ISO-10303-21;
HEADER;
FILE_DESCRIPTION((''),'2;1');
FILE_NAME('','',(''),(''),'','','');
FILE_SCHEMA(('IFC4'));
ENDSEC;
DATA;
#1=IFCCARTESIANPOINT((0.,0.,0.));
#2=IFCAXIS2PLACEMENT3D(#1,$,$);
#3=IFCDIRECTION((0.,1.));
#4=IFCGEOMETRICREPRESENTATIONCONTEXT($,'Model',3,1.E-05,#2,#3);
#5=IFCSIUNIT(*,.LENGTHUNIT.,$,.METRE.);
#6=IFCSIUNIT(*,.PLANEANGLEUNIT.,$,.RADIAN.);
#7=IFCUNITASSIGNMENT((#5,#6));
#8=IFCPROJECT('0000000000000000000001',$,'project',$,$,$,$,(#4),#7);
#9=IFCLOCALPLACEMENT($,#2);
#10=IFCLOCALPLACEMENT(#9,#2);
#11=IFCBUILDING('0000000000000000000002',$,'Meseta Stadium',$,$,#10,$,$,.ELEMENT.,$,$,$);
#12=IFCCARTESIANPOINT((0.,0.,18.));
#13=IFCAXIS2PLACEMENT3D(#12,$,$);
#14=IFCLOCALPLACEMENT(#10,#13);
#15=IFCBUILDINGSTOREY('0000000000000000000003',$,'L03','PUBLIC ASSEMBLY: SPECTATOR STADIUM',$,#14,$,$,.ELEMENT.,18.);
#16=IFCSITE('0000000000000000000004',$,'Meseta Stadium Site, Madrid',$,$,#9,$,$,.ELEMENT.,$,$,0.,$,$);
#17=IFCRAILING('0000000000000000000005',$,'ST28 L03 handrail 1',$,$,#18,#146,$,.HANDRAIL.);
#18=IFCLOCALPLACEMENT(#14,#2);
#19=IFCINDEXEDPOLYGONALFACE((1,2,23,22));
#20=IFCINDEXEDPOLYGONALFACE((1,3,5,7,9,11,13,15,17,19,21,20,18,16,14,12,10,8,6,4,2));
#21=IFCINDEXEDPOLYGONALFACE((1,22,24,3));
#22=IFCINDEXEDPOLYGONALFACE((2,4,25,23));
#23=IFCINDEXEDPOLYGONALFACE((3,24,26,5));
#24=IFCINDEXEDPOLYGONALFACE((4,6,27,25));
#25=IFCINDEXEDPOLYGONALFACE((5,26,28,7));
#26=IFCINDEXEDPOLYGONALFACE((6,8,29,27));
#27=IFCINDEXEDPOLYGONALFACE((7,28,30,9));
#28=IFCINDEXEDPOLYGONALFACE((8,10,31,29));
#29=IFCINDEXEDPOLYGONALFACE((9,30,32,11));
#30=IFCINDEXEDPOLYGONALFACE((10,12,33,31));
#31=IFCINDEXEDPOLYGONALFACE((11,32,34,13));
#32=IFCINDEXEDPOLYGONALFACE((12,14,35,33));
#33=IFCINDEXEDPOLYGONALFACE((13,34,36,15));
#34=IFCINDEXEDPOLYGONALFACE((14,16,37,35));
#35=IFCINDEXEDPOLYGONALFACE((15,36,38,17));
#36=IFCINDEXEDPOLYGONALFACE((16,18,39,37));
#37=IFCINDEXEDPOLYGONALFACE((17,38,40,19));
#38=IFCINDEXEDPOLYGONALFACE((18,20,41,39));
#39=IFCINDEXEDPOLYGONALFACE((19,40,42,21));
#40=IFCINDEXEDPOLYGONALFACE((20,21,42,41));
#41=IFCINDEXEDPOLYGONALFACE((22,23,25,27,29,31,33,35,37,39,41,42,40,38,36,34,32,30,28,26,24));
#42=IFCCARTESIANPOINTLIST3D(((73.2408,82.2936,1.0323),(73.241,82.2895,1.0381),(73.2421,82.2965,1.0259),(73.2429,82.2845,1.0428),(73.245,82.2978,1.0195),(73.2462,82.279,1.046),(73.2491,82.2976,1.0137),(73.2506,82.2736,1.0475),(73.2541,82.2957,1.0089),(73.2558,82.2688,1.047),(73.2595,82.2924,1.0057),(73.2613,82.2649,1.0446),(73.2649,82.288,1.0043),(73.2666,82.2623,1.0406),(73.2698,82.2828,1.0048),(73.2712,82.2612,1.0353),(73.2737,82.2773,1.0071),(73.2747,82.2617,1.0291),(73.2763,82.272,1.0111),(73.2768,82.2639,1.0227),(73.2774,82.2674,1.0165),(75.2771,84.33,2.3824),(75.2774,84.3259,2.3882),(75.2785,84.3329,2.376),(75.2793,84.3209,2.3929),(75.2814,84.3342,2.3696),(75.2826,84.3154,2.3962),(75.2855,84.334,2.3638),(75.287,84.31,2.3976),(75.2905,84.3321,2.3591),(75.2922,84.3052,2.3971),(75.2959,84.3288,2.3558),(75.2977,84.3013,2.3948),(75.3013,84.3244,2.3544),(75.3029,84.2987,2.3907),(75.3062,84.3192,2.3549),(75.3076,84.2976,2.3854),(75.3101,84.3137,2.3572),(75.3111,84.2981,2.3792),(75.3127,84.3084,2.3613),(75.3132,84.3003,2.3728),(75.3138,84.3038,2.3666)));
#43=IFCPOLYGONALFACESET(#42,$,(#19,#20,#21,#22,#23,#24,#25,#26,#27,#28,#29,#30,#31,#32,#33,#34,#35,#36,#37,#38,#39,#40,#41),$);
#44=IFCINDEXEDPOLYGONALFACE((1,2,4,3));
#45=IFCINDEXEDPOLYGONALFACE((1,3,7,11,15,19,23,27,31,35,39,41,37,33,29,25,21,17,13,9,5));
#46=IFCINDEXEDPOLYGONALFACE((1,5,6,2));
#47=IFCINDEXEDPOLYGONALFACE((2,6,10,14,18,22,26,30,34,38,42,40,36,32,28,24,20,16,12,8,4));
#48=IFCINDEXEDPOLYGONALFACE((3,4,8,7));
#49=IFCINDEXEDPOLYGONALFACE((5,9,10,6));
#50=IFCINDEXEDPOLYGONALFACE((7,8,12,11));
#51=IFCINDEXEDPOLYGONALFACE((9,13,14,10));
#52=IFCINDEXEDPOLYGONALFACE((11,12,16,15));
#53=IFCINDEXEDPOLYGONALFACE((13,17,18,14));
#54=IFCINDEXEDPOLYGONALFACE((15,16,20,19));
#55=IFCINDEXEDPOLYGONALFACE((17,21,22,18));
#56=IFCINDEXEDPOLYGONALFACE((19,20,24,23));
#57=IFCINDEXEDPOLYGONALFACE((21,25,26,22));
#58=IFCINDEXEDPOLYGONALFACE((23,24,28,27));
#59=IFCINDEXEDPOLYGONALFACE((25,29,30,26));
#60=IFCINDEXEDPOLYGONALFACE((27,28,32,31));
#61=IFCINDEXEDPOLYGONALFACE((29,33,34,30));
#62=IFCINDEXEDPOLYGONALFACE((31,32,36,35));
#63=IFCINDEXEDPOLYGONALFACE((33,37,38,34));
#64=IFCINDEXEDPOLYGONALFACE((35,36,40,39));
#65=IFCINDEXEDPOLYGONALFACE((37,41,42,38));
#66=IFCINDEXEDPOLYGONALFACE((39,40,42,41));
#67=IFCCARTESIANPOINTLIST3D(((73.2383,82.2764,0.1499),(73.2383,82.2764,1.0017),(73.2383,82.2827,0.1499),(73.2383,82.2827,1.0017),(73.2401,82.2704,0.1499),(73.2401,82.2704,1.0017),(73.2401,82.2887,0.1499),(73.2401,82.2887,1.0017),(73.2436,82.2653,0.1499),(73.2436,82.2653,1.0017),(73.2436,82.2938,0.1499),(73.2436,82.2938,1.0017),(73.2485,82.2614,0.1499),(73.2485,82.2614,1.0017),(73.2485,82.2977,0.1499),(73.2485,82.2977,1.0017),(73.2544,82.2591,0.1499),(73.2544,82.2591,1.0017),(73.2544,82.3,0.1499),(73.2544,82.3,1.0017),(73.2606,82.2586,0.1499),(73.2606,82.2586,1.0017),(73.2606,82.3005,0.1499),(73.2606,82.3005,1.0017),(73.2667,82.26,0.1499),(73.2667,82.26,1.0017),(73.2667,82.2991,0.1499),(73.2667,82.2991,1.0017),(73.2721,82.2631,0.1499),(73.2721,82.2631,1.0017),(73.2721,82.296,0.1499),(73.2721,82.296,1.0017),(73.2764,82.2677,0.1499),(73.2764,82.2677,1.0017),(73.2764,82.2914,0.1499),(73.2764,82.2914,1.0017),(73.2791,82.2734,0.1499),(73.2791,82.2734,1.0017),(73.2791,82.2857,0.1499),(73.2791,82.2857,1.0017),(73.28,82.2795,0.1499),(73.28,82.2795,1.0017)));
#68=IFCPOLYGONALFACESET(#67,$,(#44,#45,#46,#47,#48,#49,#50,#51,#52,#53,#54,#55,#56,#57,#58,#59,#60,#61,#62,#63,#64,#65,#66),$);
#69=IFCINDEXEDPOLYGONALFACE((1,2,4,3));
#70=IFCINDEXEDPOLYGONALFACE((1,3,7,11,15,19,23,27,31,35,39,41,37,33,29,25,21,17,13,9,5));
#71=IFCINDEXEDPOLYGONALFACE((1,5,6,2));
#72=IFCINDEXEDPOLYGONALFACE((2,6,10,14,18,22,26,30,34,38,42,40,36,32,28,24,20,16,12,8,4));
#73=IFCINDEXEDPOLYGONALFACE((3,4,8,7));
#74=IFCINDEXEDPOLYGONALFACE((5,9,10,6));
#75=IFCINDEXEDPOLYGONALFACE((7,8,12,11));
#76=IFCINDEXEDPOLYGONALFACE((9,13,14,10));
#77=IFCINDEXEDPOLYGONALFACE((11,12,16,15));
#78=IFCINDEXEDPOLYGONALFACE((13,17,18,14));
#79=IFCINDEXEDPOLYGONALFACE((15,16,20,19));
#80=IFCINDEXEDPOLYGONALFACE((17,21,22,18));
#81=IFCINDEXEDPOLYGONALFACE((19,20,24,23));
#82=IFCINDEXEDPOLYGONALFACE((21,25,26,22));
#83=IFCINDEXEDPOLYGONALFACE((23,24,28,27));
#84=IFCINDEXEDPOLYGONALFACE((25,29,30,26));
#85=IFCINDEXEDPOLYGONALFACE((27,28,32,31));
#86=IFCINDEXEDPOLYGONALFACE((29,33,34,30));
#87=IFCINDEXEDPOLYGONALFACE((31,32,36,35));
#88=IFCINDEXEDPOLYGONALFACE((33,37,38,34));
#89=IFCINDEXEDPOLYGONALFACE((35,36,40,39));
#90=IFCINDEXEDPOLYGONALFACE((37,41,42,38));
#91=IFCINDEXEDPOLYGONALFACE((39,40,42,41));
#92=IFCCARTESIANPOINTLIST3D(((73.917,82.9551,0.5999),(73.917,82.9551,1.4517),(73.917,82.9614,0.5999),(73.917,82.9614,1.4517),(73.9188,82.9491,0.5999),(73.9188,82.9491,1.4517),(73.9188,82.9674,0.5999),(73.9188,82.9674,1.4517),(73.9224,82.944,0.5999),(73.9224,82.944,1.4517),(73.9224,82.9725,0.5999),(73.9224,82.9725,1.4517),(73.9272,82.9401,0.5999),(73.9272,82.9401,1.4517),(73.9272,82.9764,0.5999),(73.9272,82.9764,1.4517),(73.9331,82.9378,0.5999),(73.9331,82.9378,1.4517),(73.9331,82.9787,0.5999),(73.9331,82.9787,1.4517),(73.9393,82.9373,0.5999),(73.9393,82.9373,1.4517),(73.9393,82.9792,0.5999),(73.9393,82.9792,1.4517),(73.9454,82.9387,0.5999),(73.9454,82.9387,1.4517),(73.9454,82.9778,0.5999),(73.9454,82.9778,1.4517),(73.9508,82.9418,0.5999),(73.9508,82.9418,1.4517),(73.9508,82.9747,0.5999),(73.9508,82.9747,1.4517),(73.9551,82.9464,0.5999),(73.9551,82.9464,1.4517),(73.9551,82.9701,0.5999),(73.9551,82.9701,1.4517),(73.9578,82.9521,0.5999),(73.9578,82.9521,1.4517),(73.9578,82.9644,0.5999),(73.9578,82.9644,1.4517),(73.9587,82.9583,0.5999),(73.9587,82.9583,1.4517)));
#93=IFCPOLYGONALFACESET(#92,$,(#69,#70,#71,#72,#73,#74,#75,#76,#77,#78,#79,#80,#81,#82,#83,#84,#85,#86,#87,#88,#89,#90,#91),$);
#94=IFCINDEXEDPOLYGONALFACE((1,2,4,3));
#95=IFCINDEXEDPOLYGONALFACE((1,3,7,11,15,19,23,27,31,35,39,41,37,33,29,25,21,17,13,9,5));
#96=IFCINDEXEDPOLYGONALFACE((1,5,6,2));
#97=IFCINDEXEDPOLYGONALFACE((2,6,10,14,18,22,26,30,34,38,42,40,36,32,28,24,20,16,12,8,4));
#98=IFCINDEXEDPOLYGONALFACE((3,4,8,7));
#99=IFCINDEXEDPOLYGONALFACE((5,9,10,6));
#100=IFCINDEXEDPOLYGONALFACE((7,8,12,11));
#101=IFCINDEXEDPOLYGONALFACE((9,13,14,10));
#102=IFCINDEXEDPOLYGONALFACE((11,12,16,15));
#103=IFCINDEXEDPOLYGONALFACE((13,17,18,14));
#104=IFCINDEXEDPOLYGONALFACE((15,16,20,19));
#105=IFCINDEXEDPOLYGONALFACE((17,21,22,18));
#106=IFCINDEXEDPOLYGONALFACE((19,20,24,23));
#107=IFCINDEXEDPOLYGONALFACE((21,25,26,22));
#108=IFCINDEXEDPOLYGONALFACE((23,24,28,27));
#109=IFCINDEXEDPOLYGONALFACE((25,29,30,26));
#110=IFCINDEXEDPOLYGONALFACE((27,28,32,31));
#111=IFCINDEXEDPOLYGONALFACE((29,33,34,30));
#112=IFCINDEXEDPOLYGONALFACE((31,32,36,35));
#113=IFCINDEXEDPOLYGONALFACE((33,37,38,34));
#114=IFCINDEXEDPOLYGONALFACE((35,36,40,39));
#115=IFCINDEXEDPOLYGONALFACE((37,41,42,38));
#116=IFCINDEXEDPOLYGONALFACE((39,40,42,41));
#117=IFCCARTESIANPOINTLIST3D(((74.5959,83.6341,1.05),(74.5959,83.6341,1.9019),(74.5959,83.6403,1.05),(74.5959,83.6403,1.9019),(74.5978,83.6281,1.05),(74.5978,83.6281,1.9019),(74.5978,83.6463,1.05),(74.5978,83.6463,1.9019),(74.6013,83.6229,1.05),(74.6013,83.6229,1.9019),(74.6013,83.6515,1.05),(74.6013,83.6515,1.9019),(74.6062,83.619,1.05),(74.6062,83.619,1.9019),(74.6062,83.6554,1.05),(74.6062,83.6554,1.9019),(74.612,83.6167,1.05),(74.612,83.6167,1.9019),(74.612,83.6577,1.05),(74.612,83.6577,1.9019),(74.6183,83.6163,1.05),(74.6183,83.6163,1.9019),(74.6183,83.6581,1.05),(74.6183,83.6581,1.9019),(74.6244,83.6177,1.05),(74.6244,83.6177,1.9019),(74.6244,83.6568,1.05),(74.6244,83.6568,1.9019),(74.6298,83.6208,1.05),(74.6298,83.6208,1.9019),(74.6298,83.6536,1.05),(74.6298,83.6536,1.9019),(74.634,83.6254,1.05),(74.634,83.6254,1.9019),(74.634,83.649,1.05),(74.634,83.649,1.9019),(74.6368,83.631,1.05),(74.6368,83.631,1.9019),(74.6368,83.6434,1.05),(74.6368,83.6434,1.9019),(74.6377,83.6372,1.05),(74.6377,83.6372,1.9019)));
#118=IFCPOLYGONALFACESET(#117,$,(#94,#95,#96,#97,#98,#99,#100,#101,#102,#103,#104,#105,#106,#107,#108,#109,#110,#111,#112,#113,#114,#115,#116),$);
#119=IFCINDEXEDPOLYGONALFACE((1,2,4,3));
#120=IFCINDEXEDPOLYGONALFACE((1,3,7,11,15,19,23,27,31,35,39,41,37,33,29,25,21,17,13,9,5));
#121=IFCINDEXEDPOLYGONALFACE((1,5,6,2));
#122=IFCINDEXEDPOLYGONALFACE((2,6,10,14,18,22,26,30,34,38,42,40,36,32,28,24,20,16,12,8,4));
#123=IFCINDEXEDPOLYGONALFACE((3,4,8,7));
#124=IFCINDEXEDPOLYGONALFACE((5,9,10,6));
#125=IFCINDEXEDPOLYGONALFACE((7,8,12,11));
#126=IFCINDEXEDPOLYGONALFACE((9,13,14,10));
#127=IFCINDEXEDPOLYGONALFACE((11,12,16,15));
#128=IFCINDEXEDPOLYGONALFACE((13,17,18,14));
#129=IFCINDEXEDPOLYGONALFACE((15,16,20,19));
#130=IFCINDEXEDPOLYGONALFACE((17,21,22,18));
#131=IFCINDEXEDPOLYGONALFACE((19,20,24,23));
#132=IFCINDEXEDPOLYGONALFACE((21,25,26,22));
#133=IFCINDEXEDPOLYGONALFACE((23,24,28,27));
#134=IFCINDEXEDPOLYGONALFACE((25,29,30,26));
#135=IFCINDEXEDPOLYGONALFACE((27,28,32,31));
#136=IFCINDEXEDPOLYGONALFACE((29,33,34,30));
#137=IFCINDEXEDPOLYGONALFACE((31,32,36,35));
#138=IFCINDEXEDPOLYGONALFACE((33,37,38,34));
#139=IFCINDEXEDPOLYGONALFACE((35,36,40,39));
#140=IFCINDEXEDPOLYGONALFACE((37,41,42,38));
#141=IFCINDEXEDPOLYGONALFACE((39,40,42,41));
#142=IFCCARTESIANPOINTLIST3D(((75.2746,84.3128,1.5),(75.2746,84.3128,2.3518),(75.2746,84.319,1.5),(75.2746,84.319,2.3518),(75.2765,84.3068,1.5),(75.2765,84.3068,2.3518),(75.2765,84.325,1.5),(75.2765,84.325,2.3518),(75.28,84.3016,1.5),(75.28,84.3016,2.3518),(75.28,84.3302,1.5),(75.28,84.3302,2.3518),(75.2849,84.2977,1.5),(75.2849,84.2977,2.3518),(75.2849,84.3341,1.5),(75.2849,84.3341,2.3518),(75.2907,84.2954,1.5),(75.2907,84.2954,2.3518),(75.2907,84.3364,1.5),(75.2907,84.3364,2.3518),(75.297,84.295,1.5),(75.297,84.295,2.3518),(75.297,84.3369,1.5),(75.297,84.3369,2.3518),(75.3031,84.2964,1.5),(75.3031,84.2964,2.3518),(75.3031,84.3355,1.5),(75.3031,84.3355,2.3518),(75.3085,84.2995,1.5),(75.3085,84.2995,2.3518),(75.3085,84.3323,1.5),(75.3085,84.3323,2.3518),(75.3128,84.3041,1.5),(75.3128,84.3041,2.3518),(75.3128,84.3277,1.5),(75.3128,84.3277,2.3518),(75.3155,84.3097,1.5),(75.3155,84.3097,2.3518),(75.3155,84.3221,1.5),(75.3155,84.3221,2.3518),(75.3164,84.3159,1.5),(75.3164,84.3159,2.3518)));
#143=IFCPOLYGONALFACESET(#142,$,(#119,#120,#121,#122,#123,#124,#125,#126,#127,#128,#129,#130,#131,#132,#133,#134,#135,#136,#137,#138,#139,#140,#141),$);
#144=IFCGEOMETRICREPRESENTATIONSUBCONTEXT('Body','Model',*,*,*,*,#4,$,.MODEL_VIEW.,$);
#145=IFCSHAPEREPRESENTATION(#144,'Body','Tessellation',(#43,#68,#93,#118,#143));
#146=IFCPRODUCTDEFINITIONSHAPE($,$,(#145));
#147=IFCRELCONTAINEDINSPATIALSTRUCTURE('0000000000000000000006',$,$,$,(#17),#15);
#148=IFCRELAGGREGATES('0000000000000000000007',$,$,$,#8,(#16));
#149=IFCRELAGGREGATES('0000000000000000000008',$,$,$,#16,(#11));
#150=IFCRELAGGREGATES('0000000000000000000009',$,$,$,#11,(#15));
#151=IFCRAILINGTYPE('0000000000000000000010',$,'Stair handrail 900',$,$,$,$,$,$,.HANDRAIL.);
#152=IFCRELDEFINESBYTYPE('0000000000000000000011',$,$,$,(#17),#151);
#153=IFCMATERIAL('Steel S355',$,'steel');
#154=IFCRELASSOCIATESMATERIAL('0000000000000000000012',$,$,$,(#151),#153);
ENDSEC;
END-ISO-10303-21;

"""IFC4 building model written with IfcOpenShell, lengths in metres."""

from ifc_helpers import new_model, si_unit, direction, frame, origin, origin_2d, place, context, subcontext, project, spatial, circle, extrude, material, type_object, element, save


model = new_model("IFC4")

# Units and contexts
model_context = context("Model", 3, precision=1e-05, world=origin(), true_north=direction((0.0, 1.0)))
body_context = subcontext(model_context, "Body", "Model", "MODEL_VIEW")
ifc_project = project(units=[si_unit("LENGTHUNIT", "METRE"), si_unit("PLANEANGLEUNIT", "RADIAN")], contexts=[model_context])

# Site, building, storey
site_placement = place(None, origin())
site = spatial("IfcSite", under=ifc_project, at=site_placement, Name="Meseta Stadium Site, Madrid", CompositionType="ELEMENT", RefElevation=0.0)
building_placement = place(site_placement, origin())
building = spatial("IfcBuilding", under=site, at=building_placement, Name="Meseta Stadium", CompositionType="ELEMENT")
storey_placement = place(building_placement, frame((0.0, 0.0, 18.0)))
storey = spatial("IfcBuildingStorey", under=building, at=storey_placement, Name="L03", Description="PUBLIC ASSEMBLY: SPECTATOR STADIUM", CompositionType="ELEMENT", Elevation=18.0)

# Railing
ifc_material_1 = material(Name="Steel S355", Category="steel")
railing_type_1 = type_object("IfcRailingType", Name="Stair handrail 900", PredefinedType="HANDRAIL", material=ifc_material_1)
railing_1_placement = place(storey_placement, frame((73.259, 82.2795, 0.1499)))
element("IfcRailing", 1, at=railing_1_placement, inside=storey, type_object=railing_type_1, Name="ST28 L03 handrail 1", PredefinedType="HANDRAIL", context=body_context, shape_type="SweptSolid", body=[
    extrude(circle(Radius=0.0239, at=origin_2d()), frame((0.0, 0.0, 0.876), z_axis=(0.640243, 0.640243, 0.424475), x_axis=(-0.707107, 0.707107, 0.0)), (0.0, 0.0, 1.0), 3.1807),
    extrude(circle(Radius=0.021, at=origin_2d()), origin(), (0.0, 0.0, 1.0), 0.8518),
    extrude(circle(Radius=0.021, at=origin_2d()), frame((0.6787, 0.6787, 0.45)), (0.0, 0.0, 1.0), 0.8518),
    extrude(circle(Radius=0.021, at=origin_2d()), frame((1.3577, 1.3577, 0.9001)), (0.0, 0.0, 1.0), 0.8518),
    extrude(circle(Radius=0.021, at=origin_2d()), frame((2.0364, 2.0364, 1.3501)), (0.0, 0.0, 1.0), 0.8518),
])

save(model, "model.ifc")
